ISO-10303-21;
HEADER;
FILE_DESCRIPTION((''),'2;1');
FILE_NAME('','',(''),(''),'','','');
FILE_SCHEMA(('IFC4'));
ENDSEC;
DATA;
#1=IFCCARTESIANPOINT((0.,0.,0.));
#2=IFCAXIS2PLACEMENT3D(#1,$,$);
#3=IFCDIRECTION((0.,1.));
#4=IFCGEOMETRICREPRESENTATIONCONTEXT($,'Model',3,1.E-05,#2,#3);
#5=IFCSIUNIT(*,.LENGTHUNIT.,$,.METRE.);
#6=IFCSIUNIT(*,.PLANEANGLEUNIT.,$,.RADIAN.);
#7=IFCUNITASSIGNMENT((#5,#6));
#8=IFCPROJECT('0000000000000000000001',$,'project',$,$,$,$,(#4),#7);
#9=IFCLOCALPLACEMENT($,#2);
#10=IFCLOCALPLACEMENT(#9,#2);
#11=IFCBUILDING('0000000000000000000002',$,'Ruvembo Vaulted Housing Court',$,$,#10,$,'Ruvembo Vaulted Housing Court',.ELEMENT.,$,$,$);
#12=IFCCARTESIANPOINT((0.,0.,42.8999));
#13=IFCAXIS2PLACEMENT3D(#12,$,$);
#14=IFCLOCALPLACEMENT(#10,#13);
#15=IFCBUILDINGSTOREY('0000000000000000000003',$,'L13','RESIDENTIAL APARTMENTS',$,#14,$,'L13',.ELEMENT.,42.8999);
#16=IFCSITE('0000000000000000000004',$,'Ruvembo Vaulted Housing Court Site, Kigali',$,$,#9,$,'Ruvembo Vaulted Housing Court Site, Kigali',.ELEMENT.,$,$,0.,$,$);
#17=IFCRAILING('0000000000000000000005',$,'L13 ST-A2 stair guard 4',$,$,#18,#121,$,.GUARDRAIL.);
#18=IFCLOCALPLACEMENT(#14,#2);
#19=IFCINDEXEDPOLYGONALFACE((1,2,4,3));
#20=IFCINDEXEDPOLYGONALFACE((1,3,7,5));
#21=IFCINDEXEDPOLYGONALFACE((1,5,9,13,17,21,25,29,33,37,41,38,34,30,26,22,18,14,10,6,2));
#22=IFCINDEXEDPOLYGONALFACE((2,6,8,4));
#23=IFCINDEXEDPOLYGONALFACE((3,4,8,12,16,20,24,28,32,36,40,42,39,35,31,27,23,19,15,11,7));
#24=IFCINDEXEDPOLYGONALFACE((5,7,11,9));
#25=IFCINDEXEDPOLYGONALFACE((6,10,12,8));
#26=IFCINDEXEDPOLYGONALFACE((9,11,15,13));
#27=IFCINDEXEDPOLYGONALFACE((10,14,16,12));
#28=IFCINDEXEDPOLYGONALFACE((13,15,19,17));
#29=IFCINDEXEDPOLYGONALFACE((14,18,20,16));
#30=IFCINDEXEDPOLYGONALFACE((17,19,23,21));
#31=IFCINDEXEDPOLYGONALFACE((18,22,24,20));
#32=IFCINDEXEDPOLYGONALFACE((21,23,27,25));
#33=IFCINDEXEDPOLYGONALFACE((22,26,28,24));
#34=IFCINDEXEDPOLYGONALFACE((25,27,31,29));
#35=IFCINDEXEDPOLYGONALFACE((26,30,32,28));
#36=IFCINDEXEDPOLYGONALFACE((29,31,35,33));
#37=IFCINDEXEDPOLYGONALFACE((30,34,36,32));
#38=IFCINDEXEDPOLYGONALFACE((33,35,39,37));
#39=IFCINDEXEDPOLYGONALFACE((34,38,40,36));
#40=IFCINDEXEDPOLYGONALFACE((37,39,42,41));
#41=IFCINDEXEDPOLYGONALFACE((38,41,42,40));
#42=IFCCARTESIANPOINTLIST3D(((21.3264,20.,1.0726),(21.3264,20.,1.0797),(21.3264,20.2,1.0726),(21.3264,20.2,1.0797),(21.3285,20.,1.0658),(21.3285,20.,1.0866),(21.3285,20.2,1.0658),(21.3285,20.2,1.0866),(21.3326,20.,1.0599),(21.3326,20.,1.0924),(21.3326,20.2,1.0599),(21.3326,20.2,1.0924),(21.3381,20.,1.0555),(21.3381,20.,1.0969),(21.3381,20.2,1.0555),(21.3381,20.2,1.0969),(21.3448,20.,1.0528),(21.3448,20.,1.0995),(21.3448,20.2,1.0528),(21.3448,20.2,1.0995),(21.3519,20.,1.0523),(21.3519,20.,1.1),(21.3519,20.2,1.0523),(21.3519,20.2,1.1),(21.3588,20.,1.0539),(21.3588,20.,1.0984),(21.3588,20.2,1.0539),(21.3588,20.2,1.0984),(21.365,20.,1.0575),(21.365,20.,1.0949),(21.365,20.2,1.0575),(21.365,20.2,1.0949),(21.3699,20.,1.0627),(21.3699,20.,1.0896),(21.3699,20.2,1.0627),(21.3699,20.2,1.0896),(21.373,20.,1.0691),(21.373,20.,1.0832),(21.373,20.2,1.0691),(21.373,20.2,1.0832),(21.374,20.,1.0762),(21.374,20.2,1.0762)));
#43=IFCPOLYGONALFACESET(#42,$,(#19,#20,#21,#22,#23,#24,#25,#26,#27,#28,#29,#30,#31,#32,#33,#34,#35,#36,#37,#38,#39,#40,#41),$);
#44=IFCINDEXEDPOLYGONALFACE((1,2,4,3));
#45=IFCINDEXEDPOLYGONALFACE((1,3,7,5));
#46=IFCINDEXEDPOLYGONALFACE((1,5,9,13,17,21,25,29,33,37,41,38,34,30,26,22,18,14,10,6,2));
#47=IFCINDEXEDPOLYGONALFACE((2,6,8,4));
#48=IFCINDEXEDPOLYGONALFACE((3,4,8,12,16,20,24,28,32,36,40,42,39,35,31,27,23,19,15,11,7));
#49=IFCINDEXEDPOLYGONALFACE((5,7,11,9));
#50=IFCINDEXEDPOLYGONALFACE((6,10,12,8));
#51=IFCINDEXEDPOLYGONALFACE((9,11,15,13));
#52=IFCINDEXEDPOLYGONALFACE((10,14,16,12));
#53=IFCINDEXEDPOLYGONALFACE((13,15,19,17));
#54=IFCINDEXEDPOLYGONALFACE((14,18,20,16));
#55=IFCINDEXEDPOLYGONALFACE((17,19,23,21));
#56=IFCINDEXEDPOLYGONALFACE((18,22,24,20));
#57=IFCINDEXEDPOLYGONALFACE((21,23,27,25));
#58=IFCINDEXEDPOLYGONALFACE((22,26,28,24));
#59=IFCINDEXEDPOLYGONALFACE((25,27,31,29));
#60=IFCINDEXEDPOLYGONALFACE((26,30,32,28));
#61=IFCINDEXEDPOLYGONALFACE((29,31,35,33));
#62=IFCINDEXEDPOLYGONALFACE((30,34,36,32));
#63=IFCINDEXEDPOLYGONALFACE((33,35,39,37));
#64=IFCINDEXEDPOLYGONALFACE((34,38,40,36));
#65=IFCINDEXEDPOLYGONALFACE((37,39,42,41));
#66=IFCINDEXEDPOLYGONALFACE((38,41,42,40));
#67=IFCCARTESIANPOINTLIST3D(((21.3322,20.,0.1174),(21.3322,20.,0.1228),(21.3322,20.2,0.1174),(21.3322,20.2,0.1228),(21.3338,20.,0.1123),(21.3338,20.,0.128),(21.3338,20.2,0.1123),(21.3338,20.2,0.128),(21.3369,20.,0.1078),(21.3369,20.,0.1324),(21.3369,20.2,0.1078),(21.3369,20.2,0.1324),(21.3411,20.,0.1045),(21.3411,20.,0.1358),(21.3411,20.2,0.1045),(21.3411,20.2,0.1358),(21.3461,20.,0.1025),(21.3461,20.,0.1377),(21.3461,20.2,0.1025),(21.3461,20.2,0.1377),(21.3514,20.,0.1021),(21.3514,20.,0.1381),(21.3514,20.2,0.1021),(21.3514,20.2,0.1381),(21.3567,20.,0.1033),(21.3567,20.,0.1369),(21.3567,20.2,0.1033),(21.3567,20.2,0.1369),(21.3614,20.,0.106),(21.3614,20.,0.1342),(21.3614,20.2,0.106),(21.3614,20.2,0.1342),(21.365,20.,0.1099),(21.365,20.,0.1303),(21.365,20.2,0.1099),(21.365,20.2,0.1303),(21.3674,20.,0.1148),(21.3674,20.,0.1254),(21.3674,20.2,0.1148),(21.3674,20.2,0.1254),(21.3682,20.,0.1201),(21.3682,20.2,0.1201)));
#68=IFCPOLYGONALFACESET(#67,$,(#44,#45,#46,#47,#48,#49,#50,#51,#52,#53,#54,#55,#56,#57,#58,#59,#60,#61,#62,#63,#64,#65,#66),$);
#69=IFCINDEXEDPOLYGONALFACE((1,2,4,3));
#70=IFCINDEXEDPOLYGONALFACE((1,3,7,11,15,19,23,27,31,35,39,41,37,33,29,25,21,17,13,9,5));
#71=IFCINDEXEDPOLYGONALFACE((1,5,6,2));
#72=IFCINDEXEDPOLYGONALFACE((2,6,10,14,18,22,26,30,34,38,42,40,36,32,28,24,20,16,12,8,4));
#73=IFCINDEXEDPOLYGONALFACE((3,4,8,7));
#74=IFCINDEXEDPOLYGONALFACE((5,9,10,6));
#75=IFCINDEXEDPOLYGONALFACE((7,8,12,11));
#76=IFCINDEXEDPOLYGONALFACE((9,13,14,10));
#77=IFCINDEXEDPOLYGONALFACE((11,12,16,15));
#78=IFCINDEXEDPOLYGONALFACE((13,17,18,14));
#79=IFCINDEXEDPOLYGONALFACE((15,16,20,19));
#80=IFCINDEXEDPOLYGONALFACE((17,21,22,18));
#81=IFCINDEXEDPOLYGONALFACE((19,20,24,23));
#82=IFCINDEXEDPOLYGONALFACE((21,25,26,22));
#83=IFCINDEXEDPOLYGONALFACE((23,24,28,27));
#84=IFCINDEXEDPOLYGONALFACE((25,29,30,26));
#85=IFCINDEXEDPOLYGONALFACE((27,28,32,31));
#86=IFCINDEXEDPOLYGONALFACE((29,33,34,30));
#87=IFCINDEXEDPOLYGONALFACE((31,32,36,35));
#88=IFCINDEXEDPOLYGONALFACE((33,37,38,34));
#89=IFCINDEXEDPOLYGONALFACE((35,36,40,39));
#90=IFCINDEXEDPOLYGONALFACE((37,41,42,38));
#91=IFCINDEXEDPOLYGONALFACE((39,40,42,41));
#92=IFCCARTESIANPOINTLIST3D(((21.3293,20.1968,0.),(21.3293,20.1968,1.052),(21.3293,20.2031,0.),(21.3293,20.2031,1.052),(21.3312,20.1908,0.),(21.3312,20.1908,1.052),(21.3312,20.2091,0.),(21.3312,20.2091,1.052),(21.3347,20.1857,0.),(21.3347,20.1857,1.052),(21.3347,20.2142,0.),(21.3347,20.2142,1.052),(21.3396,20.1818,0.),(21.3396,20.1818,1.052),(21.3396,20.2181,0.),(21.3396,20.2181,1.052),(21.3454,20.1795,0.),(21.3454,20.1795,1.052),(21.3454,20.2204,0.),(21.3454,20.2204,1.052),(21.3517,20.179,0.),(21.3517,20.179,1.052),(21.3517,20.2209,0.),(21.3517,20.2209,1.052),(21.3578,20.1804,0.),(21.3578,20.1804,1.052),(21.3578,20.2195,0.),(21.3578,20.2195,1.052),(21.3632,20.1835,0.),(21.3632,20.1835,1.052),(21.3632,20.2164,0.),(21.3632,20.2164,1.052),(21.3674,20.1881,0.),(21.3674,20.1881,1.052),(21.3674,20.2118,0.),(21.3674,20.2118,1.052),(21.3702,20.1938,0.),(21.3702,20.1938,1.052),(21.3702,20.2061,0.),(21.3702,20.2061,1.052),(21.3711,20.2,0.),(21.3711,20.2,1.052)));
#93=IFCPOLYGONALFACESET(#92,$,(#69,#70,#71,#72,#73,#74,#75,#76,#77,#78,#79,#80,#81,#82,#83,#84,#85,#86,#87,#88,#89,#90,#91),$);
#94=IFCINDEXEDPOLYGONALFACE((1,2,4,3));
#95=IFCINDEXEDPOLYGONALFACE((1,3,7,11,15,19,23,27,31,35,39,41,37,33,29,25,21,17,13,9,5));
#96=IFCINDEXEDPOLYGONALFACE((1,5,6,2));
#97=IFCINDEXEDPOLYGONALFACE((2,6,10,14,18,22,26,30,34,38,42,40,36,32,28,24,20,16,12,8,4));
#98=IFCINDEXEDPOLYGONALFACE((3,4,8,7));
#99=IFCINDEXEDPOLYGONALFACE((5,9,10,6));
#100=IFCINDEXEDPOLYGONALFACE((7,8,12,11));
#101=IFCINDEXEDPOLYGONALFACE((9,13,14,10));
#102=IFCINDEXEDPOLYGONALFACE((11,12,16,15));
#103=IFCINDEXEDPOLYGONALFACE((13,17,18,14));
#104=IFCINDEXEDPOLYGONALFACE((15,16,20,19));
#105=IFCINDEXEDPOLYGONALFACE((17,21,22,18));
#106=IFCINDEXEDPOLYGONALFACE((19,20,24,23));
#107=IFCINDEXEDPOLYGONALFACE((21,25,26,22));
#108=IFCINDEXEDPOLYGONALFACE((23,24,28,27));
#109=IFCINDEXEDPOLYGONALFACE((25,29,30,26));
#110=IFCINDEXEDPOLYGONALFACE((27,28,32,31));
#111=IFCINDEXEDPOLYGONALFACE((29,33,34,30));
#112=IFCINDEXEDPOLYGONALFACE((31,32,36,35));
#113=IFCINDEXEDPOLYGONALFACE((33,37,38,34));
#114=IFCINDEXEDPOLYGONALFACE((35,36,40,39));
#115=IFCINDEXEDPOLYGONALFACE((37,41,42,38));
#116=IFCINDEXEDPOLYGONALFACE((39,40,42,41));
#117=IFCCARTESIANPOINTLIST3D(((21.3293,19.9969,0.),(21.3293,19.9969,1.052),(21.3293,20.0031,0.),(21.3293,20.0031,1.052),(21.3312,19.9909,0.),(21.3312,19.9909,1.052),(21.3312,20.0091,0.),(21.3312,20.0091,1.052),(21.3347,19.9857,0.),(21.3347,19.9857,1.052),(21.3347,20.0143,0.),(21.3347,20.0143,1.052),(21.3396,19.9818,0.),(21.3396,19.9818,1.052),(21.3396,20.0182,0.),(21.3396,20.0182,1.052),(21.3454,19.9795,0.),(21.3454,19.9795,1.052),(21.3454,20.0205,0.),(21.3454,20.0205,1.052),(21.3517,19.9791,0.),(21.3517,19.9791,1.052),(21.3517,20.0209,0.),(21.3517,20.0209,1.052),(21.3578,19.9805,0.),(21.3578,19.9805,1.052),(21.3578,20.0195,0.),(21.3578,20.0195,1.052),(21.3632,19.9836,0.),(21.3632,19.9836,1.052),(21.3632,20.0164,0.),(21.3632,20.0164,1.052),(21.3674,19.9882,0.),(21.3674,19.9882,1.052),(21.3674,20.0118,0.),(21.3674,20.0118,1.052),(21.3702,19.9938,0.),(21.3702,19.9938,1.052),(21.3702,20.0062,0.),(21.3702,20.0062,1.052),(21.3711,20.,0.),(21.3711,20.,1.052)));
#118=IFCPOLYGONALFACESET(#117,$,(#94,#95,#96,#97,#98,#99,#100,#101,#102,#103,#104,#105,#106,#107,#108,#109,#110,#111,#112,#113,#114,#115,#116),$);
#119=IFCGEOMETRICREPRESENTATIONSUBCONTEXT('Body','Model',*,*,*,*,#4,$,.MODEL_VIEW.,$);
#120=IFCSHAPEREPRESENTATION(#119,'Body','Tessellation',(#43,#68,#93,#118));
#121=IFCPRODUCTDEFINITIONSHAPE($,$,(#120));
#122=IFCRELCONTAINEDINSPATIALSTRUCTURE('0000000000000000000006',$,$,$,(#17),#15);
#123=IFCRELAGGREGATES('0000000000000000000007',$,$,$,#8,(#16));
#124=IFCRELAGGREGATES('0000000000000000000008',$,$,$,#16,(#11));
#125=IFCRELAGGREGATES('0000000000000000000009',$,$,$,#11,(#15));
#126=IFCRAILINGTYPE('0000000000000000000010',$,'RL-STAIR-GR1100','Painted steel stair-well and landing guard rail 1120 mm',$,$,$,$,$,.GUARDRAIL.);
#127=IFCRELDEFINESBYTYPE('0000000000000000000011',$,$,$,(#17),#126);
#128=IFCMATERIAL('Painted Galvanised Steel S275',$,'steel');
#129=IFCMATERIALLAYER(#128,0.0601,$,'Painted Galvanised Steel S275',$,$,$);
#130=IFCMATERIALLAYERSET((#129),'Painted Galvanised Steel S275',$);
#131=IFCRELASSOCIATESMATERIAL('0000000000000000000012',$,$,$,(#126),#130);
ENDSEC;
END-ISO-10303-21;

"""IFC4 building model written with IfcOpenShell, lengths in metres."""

from ifc_helpers import new_model, si_unit, direction, frame, origin, origin_2d, place, context, subcontext, project, spatial, circle, extrude, material, layer, layer_set, type_object, element, save


model = new_model("IFC4")

# Units and contexts
model_context = context("Model", 3, precision=1e-05, world=origin(), true_north=direction((0.0, 1.0)))
body_context = subcontext(model_context, "Body", "Model", "MODEL_VIEW")
ifc_project = project(units=[si_unit("LENGTHUNIT", "METRE"), si_unit("PLANEANGLEUNIT", "RADIAN")], contexts=[model_context])

# Site, building, storey
site_placement = place(None, origin())
site = spatial("IfcSite", under=ifc_project, at=site_placement, Name="Ruvembo Vaulted Housing Court Site, Kigali", LongName="Ruvembo Vaulted Housing Court Site, Kigali", CompositionType="ELEMENT", RefElevation=0.0)
building_placement = place(site_placement, origin())
building = spatial("IfcBuilding", under=site, at=building_placement, Name="Ruvembo Vaulted Housing Court", LongName="Ruvembo Vaulted Housing Court", CompositionType="ELEMENT")
storey_placement = place(building_placement, frame((0.0, 0.0, 42.8999)))
storey = spatial("IfcBuildingStorey", under=building, at=storey_placement, Name="L13", Description="RESIDENTIAL APARTMENTS", LongName="L13", CompositionType="ELEMENT", Elevation=42.8999)

# Railing
ifc_material_1 = material(Name="Painted Galvanised Steel S275", Category="steel")
ifc_layer_1 = layer(ifc_material_1, 0.0601, Name="Painted Galvanised Steel S275")
ifc_layer_set_1 = layer_set([ifc_layer_1], Name="Painted Galvanised Steel S275")
railing_type_1 = type_object("IfcRailingType", Name="RL-STAIR-GR1100", Description="Painted steel stair-well and landing guard rail 1120 mm", PredefinedType="GUARDRAIL", material=ifc_layer_set_1)
railing_1_placement = place(storey_placement, frame((21.3501, 20.2, 0.0)))
element("IfcRailing", 1, at=railing_1_placement, inside=storey, type_object=railing_type_1, Name="L13 ST-A2 stair guard 4", PredefinedType="GUARDRAIL", context=body_context, shape_type="SweptSolid", body=[
    extrude(circle(Radius=0.0239, at=origin_2d()), frame((0.0, 0.0, 1.0762), z_axis=(0.0, -1.0, 0.0), x_axis=(1.0, 0.0, 0.0)), (0.0, 0.0, 1.0), 0.2),
    extrude(circle(Radius=0.0181, at=origin_2d()), frame((0.0, 0.0, 0.1201), z_axis=(0.0, -1.0, 0.0), x_axis=(1.0, 0.0, 0.0)), (0.0, 0.0, 1.0), 0.2),
    extrude(circle(Radius=0.021, at=origin_2d()), origin(), (0.0, 0.0, 1.0), 1.052),
    extrude(circle(Radius=0.021, at=origin_2d()), frame((0.0, -0.2, 0.0)), (0.0, 0.0, 1.0), 1.052),
])

save(model, "model.ifc")
